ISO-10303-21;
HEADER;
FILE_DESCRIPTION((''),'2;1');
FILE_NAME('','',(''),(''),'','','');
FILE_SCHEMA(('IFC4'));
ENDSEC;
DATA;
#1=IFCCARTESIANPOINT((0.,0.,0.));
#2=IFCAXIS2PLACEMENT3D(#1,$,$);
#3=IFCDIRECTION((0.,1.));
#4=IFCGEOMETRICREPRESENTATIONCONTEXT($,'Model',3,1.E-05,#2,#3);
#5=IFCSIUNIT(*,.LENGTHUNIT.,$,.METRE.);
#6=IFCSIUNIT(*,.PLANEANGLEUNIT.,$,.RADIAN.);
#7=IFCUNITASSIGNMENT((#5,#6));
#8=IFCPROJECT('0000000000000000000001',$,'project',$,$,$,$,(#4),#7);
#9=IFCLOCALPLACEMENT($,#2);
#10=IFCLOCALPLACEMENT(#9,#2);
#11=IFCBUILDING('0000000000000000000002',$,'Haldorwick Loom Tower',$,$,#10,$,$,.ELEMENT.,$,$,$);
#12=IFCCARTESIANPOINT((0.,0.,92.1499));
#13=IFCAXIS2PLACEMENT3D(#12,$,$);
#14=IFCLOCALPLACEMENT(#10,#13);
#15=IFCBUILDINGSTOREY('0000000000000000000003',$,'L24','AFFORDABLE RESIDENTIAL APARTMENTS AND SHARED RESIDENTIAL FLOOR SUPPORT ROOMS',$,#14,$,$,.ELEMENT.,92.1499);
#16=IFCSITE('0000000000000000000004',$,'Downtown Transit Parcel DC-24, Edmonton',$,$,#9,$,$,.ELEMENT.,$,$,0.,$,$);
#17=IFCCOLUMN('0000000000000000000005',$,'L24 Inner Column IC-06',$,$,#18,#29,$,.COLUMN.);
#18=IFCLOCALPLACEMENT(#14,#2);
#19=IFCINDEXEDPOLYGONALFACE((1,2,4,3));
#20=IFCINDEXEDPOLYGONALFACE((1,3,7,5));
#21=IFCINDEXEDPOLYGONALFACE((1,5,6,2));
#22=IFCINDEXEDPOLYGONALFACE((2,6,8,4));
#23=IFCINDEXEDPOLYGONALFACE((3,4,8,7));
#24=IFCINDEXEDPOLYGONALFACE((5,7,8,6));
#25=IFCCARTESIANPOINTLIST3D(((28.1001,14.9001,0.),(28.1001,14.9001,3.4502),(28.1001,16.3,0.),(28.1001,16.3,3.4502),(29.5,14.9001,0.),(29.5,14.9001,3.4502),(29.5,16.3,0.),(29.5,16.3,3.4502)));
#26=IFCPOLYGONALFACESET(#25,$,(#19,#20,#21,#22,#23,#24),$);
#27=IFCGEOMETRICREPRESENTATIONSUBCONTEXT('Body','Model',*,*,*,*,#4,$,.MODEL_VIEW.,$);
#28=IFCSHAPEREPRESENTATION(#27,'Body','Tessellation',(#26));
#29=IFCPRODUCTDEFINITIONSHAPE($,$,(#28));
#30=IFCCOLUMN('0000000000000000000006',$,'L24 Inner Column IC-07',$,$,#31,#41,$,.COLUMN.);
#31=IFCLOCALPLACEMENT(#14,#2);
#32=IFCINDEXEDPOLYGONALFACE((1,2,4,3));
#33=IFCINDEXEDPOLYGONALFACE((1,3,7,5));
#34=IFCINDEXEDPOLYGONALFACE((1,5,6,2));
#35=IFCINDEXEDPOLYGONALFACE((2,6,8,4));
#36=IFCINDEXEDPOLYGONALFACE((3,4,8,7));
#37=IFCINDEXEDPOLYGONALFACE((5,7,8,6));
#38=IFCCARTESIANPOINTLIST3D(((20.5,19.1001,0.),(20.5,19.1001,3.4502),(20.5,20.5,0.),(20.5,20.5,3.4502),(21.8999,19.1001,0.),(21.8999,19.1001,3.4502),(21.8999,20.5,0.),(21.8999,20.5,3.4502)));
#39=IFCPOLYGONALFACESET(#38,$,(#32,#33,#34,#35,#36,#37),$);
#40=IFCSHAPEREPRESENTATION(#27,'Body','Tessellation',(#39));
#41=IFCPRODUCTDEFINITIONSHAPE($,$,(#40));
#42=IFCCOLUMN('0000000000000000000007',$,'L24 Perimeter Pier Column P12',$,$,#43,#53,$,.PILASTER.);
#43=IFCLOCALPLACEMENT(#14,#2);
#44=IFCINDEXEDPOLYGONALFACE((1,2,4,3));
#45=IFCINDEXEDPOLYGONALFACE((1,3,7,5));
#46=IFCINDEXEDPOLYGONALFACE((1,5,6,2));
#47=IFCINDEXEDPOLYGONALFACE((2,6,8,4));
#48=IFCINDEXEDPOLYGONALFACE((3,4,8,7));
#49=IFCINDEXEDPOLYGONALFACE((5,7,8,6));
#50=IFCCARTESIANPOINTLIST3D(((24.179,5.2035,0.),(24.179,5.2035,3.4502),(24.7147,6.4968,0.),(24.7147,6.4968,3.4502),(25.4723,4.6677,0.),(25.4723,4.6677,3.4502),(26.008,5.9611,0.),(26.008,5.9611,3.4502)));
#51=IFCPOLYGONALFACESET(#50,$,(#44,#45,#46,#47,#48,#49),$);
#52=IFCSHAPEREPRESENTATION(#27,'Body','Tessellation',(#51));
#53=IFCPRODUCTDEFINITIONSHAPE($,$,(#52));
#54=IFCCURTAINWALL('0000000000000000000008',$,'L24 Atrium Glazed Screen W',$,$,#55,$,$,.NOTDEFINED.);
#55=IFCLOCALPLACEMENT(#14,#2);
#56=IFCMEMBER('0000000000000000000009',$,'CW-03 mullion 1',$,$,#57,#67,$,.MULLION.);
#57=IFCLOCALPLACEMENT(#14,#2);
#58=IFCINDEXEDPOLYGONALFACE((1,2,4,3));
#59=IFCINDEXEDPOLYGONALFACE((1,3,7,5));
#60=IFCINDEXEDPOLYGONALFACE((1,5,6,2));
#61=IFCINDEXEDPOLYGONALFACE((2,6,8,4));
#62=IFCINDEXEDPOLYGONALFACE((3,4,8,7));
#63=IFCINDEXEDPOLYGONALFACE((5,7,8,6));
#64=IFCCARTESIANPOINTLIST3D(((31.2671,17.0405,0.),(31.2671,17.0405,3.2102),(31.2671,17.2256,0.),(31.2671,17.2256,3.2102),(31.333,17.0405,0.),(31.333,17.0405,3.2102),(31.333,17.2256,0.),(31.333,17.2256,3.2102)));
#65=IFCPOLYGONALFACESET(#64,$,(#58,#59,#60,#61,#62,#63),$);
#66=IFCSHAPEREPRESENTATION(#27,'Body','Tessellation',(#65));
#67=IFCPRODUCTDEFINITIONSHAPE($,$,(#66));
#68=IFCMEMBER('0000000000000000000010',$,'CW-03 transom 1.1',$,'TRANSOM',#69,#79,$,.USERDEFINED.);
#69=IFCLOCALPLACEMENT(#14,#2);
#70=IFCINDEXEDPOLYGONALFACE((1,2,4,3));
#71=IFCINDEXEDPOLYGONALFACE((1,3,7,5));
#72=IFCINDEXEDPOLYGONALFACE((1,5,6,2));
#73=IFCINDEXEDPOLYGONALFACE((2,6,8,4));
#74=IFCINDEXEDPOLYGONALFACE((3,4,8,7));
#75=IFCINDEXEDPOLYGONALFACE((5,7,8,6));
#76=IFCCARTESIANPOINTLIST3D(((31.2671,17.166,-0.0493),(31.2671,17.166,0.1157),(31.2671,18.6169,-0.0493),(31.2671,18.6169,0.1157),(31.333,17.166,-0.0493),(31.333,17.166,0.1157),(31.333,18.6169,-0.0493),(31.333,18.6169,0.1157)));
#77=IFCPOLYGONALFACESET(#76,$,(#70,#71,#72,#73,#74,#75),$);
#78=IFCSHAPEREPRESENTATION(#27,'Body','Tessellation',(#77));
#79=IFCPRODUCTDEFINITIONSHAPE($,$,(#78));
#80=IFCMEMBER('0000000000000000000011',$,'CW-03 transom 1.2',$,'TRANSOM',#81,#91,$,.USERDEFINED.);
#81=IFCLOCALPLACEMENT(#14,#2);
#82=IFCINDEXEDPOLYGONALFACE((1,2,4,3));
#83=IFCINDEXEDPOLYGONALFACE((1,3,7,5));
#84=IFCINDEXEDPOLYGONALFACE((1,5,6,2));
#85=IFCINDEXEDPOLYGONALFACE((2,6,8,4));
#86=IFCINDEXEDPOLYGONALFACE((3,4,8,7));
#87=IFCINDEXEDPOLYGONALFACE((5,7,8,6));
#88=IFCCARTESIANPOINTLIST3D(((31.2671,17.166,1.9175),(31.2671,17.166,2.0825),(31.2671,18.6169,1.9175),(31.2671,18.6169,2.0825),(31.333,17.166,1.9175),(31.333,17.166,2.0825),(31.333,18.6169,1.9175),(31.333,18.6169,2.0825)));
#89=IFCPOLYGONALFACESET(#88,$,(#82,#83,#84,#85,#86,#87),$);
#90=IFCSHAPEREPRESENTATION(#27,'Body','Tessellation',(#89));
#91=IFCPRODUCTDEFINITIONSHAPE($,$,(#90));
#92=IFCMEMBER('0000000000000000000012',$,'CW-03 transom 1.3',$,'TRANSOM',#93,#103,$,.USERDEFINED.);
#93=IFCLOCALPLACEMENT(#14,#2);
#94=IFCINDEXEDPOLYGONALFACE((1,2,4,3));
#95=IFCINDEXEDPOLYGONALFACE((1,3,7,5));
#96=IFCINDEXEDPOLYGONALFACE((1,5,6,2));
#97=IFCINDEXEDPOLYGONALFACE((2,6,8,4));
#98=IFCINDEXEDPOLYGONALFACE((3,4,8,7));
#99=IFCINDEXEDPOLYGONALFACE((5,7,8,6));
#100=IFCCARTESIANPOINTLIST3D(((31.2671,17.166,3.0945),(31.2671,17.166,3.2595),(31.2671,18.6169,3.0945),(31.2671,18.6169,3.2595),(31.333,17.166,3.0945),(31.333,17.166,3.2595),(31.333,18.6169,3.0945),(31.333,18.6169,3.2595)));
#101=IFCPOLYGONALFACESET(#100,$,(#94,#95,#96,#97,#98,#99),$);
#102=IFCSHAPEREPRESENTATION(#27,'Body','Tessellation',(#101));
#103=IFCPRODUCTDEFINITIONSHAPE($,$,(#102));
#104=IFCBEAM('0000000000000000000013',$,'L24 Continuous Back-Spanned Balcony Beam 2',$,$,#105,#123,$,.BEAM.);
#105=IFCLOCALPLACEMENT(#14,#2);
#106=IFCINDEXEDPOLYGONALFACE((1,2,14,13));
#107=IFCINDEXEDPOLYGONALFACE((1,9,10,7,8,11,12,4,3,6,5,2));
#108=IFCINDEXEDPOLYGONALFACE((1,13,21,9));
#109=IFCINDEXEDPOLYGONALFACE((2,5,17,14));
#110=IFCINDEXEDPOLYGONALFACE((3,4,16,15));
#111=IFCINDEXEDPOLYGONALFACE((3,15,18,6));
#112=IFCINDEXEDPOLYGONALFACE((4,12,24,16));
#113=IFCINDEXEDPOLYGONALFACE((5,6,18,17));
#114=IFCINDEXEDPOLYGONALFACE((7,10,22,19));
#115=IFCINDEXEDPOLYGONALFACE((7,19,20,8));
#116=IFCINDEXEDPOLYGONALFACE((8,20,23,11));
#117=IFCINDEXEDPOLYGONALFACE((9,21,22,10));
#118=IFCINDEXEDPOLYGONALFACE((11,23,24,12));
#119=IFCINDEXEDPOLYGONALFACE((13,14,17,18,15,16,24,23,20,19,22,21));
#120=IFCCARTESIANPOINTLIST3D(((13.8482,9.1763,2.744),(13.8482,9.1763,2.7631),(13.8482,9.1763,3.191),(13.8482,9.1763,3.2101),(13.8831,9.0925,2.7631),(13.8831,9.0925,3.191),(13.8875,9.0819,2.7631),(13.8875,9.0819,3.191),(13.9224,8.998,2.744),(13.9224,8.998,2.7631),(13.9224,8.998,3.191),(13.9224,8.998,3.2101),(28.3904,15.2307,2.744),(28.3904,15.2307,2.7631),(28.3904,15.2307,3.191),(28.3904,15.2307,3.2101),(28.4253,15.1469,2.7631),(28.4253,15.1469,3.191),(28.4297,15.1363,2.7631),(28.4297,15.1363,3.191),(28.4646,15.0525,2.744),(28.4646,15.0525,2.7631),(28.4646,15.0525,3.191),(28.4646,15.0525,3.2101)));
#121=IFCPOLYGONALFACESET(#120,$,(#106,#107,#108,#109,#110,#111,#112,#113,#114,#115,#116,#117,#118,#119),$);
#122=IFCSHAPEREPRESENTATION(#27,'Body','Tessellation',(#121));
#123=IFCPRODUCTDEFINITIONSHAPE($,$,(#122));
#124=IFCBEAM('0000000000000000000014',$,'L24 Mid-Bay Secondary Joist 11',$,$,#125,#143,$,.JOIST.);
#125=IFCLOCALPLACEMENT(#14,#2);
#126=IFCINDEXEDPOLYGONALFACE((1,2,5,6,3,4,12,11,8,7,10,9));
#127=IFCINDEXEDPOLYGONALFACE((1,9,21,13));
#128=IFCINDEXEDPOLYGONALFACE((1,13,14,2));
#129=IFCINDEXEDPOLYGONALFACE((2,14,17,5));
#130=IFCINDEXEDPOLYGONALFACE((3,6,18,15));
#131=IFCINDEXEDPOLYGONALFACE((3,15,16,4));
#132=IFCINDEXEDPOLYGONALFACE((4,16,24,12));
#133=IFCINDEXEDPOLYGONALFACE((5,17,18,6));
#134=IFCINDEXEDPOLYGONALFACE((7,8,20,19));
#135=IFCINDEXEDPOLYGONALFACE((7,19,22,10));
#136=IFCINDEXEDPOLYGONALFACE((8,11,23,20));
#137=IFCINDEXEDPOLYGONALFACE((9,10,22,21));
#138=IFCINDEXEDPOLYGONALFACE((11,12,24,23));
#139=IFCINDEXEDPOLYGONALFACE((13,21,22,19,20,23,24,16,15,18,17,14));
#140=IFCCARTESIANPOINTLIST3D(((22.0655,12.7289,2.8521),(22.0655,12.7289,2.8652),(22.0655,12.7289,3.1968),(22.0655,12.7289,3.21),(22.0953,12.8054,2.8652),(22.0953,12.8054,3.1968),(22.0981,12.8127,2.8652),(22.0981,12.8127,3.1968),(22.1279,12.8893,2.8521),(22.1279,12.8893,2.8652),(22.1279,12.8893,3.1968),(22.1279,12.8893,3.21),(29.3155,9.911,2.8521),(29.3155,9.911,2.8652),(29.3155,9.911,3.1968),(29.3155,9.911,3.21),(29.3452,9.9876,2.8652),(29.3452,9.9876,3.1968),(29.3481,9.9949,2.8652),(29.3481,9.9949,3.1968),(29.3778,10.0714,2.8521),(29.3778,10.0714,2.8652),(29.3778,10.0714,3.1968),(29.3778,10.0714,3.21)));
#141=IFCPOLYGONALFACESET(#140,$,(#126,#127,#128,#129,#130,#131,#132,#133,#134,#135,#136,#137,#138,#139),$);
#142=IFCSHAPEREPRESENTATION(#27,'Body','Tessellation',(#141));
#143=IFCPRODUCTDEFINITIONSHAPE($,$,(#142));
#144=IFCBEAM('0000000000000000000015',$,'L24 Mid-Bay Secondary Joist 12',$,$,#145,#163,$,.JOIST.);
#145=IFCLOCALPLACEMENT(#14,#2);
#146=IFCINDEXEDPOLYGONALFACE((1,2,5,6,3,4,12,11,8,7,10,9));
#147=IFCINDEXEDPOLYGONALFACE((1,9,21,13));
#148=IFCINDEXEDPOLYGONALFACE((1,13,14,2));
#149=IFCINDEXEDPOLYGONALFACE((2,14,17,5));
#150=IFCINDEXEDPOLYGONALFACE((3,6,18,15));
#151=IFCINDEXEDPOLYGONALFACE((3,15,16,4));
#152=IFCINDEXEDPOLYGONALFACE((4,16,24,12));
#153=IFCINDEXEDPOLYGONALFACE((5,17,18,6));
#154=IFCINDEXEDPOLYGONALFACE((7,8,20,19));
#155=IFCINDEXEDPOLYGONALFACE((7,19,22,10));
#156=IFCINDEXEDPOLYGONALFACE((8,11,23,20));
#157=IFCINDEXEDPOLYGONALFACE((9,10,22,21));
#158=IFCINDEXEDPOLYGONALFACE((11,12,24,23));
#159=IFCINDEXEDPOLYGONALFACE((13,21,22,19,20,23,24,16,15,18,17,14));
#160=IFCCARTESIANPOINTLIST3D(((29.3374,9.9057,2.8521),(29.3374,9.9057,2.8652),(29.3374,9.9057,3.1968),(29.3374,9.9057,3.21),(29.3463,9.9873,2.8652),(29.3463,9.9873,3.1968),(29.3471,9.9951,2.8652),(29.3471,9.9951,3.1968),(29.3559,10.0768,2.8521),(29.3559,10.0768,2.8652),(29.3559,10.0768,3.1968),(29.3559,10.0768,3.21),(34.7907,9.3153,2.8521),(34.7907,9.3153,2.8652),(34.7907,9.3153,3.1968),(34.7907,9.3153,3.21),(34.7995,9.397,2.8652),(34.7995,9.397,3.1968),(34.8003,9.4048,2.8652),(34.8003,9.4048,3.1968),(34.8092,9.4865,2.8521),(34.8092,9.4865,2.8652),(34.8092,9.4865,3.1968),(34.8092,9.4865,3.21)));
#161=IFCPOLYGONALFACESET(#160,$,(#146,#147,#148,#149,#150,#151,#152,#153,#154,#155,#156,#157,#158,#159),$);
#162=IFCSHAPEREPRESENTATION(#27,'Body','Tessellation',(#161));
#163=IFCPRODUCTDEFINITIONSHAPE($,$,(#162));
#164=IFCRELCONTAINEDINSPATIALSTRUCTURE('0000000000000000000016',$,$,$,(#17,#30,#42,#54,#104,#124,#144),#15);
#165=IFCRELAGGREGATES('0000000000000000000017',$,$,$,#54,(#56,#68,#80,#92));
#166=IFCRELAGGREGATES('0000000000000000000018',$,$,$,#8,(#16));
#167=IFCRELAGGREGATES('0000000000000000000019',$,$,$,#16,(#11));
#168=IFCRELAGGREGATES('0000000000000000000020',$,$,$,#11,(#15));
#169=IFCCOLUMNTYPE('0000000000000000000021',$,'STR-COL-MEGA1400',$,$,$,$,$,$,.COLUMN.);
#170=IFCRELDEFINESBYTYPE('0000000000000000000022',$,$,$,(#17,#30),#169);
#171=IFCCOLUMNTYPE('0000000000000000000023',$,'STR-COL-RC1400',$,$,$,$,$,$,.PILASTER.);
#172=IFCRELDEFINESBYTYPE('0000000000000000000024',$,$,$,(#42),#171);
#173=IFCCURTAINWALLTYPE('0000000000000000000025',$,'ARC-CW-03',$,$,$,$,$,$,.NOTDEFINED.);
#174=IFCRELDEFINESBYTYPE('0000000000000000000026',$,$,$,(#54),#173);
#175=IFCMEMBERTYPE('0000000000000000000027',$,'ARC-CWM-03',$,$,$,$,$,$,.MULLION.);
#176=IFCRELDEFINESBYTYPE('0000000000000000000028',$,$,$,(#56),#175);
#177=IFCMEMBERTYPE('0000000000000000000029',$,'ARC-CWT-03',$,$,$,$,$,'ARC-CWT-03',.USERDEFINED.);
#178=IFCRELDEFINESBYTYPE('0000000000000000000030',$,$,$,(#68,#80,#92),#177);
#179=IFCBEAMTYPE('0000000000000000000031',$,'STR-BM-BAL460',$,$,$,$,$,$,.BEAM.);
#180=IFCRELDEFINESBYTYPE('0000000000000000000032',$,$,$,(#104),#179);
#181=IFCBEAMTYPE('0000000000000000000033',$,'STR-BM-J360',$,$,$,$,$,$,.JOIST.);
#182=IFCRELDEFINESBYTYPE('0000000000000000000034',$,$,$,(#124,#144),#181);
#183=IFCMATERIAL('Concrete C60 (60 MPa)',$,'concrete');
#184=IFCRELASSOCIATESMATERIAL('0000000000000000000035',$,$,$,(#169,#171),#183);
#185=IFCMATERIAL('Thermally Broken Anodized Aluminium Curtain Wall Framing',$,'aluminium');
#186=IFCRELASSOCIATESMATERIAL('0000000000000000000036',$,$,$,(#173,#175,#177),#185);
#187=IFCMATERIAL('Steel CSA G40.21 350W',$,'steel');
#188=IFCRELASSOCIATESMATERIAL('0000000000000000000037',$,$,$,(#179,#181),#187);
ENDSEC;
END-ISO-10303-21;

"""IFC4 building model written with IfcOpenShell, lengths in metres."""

from ifc_helpers import new_model, si_unit, direction, frame, origin, origin_2d, place, context, subcontext, project, spatial, rectangle, i_section, extrude, material, material_profile, profile_set, type_object, element, aggregate, save


model = new_model("IFC4")

# Units and contexts
model_context = context("Model", 3, precision=1e-05, world=origin(), true_north=direction((0.0, 1.0)))
body_context = subcontext(model_context, "Body", "Model", "MODEL_VIEW")
ifc_project = project(units=[si_unit("LENGTHUNIT", "METRE"), si_unit("PLANEANGLEUNIT", "RADIAN")], contexts=[model_context])

# Site, building, storey
site_placement = place(None, origin())
site = spatial("IfcSite", under=ifc_project, at=site_placement, Name="Downtown Transit Parcel DC-24, Edmonton", CompositionType="ELEMENT", RefElevation=0.0)
building_placement = place(site_placement, origin())
building = spatial("IfcBuilding", under=site, at=building_placement, Name="Haldorwick Loom Tower", CompositionType="ELEMENT")
storey_placement = place(building_placement, frame((0.0, 0.0, 92.1499)))
storey = spatial("IfcBuildingStorey", under=building, at=storey_placement, Name="L24", Description="AFFORDABLE RESIDENTIAL APARTMENTS AND SHARED RESIDENTIAL FLOOR SUPPORT ROOMS", CompositionType="ELEMENT", Elevation=92.1499)

# Columns
ifc_material_1 = material(Name="Concrete C60 (60 MPa)", Category="concrete")
ifc_material_profile_1 = material_profile(ifc_material_1, rectangle(XDim=1.3999, YDim=1.3999, at=origin_2d()), Name="RC1400X1400", Category="concrete")
ifc_profile_set_1 = profile_set([ifc_material_profile_1], Name="Concrete C60 (60 MPa)")
column_type_1 = type_object("IfcColumnType", Name="STR-COL-MEGA1400", PredefinedType="COLUMN", material=ifc_profile_set_1)
for number, where, z_axis, x_axis, name in (
    (1, (28.8, 15.6001, 0.0), (0.0, 0.0, 1.0), (1.0, 0.0, 0.0), "L24 Inner Column IC-06"),
    (2, (21.2, 19.8, 0.0), (0.0, 0.0, 1.0), (1.0, 0.0, 0.0), "L24 Inner Column IC-07"),
):
    element("IfcColumn", number, at=place(storey_placement, frame(where, z_axis=z_axis, x_axis=x_axis)), inside=storey, type_object=column_type_1, Name=name, PredefinedType="COLUMN", context=body_context, shape_type="SweptSolid", body=[
        extrude(rectangle(XDim=1.3999, YDim=1.3999, at=origin_2d()), origin(), (0.0, 0.0, 1.0), 3.4502),
    ])
ifc_material_profile_2 = material_profile(ifc_material_1, rectangle(XDim=1.3999, YDim=1.3999, at=origin_2d()), Name="RC1400X1400", Category="concrete")
ifc_profile_set_2 = profile_set([ifc_material_profile_2], Name="Concrete C60 (60 MPa)")
column_type_2 = type_object("IfcColumnType", Name="STR-COL-RC1400", PredefinedType="PILASTER", material=ifc_profile_set_2)
column_placement = place(storey_placement, frame((25.0935, 5.5823, 0.0), z_axis=(0.0, 0.0, 1.0), x_axis=(-0.382683, -0.92388, 0.0)))
element("IfcColumn", 3, at=column_placement, inside=storey, type_object=column_type_2, Name="L24 Perimeter Pier Column P12", PredefinedType="PILASTER", context=body_context, shape_type="SweptSolid", body=[
    extrude(rectangle(XDim=1.3999, YDim=1.3999, at=origin_2d()), origin(), (0.0, 0.0, 1.0), 3.4502),
])

# Curtain wall, members
ifc_material_2 = material(Name="Thermally Broken Anodized Aluminium Curtain Wall Framing", Category="aluminium")
curtain_wall_type = type_object("IfcCurtainWallType", Name="ARC-CW-03", PredefinedType="NOTDEFINED", material=ifc_material_2)
curtain_wall_placement = place(storey_placement, origin())
curtain_wall = element("IfcCurtainWall", 4, at=curtain_wall_placement, inside=storey, type_object=curtain_wall_type, Name="L24 Atrium Glazed Screen W", PredefinedType="NOTDEFINED")
ifc_material_profile_3 = material_profile(ifc_material_2, rectangle(XDim=0.0659, YDim=0.1851, at=origin_2d()), Name="ALU_MUL_66X185", Category="aluminium")
ifc_profile_set_3 = profile_set([ifc_material_profile_3], Name="Thermally Broken Anodized Aluminium Curtain Wall Framing")
member_type_1 = type_object("IfcMemberType", Name="ARC-CWM-03", PredefinedType="MULLION", material=ifc_profile_set_3)
member_1_placement = place(storey_placement, frame((31.3, 17.1331, 0.0), z_axis=(0.0, 0.0, 1.0), x_axis=(-1.0, 0.0, 0.0)))
member_1 = element("IfcMember", 5, at=member_1_placement, type_object=member_type_1, Name="CW-03 mullion 1", PredefinedType="MULLION", context=body_context, shape_type="SweptSolid", body=[
    extrude(rectangle(XDim=0.0659, YDim=0.1851, at=origin_2d()), origin(), (0.0, 0.0, 1.0), 3.2102),
])
ifc_material_profile_4 = material_profile(ifc_material_2, rectangle(XDim=0.0659, YDim=0.165, at=origin_2d()), Name="ALU_TRN_66X165", Category="aluminium")
ifc_profile_set_4 = profile_set([ifc_material_profile_4], Name="Thermally Broken Anodized Aluminium Curtain Wall Framing")
member_type_2 = type_object("IfcMemberType", Name="ARC-CWT-03", ElementType="ARC-CWT-03", PredefinedType="USERDEFINED", material=ifc_profile_set_4)
member_2_placement = place(storey_placement, frame((31.3, 17.166, 0.0332), z_axis=(0.0, 1.0, 0.0), x_axis=(-1.0, 0.0, 0.0)))
member_2 = element("IfcMember", 6, at=member_2_placement, type_object=member_type_2, Name="CW-03 transom 1.1", ObjectType="TRANSOM", PredefinedType="USERDEFINED", context=body_context, shape_type="SweptSolid", body=[
    extrude(rectangle(XDim=0.0659, YDim=0.165, at=origin_2d()), origin(), (0.0, 0.0, 1.0), 1.4509),
])
member_3_placement = place(storey_placement, frame((31.3, 17.166, 2.0), z_axis=(0.0, 1.0, 0.0), x_axis=(-1.0, 0.0, 0.0)))
member_3 = element("IfcMember", 7, at=member_3_placement, type_object=member_type_2, Name="CW-03 transom 1.2", ObjectType="TRANSOM", PredefinedType="USERDEFINED", context=body_context, shape_type="SweptSolid", body=[
    extrude(rectangle(XDim=0.0659, YDim=0.165, at=origin_2d()), origin(), (0.0, 0.0, 1.0), 1.4509),
])
member_4_placement = place(storey_placement, frame((31.3, 17.166, 3.177), z_axis=(0.0, 1.0, 0.0), x_axis=(-1.0, 0.0, 0.0)))
member_4 = element("IfcMember", 8, at=member_4_placement, type_object=member_type_2, Name="CW-03 transom 1.3", ObjectType="TRANSOM", PredefinedType="USERDEFINED", context=body_context, shape_type="SweptSolid", body=[
    extrude(rectangle(XDim=0.0659, YDim=0.165, at=origin_2d()), origin(), (0.0, 0.0, 1.0), 1.4509),
])

# Beams
ifc_material_3 = material(Name="Steel CSA G40.21 350W", Category="steel")
ifc_material_profile_5 = material_profile(ifc_material_3, i_section(OverallWidth=0.1931, OverallDepth=0.4661, WebThickness=0.0115, FlangeThickness=0.019, at=origin_2d()), Name="W460X97", Category="steel")
ifc_profile_set_5 = profile_set([ifc_material_profile_5], Name="Steel CSA G40.21 350W")
beam_type_1 = type_object("IfcBeamType", Name="STR-BM-BAL460", PredefinedType="BEAM", material=ifc_profile_set_5)
beam_1_placement = place(storey_placement, frame((28.4275, 15.1416, 2.9771), z_axis=(-0.923186, -0.384355, 0.0), x_axis=(0.384355, -0.923186, 0.0)))
element("IfcBeam", 9, at=beam_1_placement, inside=storey, type_object=beam_type_1, Name="L24 Continuous Back-Spanned Balcony Beam 2", PredefinedType="BEAM", context=body_context, shape_type="SweptSolid", body=[
    extrude(i_section(OverallWidth=0.1931, OverallDepth=0.4661, WebThickness=0.0115, FlangeThickness=0.019, at=origin_2d()), origin(), (0.0, 0.0, 1.0), 15.7522),
])
ifc_material_profile_6 = material_profile(ifc_material_3, i_section(OverallWidth=0.1721, OverallDepth=0.3579, WebThickness=0.0078, FlangeThickness=0.0132, at=origin_2d()), Name="W360X57", Category="steel")
ifc_profile_set_6 = profile_set([ifc_material_profile_6], Name="Steel CSA G40.21 350W")
beam_type_2 = type_object("IfcBeamType", Name="STR-BM-J360", PredefinedType="JOIST", material=ifc_profile_set_6)
beam_2_placement = place(storey_placement, frame((22.0967, 12.8091, 3.031), z_axis=(0.932073, -0.362271, 0.0), x_axis=(0.362271, 0.932073, 0.0)))
element("IfcBeam", 10, at=beam_2_placement, inside=storey, type_object=beam_type_2, Name="L24 Mid-Bay Secondary Joist 11", PredefinedType="JOIST", context=body_context, shape_type="SweptSolid", body=[
    extrude(i_section(OverallWidth=0.1721, OverallDepth=0.3579, WebThickness=0.0078, FlangeThickness=0.0132, at=origin_2d()), origin(), (0.0, 0.0, 1.0), 7.7783),
])
beam_3_placement = place(storey_placement, frame((29.3467, 9.9912, 3.031), z_axis=(0.994192, -0.107622, 0.0), x_axis=(0.107622, 0.994192, 0.0)))
element("IfcBeam", 11, at=beam_3_placement, inside=storey, type_object=beam_type_2, Name="L24 Mid-Bay Secondary Joist 12", PredefinedType="JOIST", context=body_context, shape_type="SweptSolid", body=[
    extrude(i_section(OverallWidth=0.1721, OverallDepth=0.3579, WebThickness=0.0078, FlangeThickness=0.0132, at=origin_2d()), origin(), (0.0, 0.0, 1.0), 5.4851),
])

aggregate(curtain_wall, [member_1, member_2, member_3, member_4])

save(model, "model.ifc")
